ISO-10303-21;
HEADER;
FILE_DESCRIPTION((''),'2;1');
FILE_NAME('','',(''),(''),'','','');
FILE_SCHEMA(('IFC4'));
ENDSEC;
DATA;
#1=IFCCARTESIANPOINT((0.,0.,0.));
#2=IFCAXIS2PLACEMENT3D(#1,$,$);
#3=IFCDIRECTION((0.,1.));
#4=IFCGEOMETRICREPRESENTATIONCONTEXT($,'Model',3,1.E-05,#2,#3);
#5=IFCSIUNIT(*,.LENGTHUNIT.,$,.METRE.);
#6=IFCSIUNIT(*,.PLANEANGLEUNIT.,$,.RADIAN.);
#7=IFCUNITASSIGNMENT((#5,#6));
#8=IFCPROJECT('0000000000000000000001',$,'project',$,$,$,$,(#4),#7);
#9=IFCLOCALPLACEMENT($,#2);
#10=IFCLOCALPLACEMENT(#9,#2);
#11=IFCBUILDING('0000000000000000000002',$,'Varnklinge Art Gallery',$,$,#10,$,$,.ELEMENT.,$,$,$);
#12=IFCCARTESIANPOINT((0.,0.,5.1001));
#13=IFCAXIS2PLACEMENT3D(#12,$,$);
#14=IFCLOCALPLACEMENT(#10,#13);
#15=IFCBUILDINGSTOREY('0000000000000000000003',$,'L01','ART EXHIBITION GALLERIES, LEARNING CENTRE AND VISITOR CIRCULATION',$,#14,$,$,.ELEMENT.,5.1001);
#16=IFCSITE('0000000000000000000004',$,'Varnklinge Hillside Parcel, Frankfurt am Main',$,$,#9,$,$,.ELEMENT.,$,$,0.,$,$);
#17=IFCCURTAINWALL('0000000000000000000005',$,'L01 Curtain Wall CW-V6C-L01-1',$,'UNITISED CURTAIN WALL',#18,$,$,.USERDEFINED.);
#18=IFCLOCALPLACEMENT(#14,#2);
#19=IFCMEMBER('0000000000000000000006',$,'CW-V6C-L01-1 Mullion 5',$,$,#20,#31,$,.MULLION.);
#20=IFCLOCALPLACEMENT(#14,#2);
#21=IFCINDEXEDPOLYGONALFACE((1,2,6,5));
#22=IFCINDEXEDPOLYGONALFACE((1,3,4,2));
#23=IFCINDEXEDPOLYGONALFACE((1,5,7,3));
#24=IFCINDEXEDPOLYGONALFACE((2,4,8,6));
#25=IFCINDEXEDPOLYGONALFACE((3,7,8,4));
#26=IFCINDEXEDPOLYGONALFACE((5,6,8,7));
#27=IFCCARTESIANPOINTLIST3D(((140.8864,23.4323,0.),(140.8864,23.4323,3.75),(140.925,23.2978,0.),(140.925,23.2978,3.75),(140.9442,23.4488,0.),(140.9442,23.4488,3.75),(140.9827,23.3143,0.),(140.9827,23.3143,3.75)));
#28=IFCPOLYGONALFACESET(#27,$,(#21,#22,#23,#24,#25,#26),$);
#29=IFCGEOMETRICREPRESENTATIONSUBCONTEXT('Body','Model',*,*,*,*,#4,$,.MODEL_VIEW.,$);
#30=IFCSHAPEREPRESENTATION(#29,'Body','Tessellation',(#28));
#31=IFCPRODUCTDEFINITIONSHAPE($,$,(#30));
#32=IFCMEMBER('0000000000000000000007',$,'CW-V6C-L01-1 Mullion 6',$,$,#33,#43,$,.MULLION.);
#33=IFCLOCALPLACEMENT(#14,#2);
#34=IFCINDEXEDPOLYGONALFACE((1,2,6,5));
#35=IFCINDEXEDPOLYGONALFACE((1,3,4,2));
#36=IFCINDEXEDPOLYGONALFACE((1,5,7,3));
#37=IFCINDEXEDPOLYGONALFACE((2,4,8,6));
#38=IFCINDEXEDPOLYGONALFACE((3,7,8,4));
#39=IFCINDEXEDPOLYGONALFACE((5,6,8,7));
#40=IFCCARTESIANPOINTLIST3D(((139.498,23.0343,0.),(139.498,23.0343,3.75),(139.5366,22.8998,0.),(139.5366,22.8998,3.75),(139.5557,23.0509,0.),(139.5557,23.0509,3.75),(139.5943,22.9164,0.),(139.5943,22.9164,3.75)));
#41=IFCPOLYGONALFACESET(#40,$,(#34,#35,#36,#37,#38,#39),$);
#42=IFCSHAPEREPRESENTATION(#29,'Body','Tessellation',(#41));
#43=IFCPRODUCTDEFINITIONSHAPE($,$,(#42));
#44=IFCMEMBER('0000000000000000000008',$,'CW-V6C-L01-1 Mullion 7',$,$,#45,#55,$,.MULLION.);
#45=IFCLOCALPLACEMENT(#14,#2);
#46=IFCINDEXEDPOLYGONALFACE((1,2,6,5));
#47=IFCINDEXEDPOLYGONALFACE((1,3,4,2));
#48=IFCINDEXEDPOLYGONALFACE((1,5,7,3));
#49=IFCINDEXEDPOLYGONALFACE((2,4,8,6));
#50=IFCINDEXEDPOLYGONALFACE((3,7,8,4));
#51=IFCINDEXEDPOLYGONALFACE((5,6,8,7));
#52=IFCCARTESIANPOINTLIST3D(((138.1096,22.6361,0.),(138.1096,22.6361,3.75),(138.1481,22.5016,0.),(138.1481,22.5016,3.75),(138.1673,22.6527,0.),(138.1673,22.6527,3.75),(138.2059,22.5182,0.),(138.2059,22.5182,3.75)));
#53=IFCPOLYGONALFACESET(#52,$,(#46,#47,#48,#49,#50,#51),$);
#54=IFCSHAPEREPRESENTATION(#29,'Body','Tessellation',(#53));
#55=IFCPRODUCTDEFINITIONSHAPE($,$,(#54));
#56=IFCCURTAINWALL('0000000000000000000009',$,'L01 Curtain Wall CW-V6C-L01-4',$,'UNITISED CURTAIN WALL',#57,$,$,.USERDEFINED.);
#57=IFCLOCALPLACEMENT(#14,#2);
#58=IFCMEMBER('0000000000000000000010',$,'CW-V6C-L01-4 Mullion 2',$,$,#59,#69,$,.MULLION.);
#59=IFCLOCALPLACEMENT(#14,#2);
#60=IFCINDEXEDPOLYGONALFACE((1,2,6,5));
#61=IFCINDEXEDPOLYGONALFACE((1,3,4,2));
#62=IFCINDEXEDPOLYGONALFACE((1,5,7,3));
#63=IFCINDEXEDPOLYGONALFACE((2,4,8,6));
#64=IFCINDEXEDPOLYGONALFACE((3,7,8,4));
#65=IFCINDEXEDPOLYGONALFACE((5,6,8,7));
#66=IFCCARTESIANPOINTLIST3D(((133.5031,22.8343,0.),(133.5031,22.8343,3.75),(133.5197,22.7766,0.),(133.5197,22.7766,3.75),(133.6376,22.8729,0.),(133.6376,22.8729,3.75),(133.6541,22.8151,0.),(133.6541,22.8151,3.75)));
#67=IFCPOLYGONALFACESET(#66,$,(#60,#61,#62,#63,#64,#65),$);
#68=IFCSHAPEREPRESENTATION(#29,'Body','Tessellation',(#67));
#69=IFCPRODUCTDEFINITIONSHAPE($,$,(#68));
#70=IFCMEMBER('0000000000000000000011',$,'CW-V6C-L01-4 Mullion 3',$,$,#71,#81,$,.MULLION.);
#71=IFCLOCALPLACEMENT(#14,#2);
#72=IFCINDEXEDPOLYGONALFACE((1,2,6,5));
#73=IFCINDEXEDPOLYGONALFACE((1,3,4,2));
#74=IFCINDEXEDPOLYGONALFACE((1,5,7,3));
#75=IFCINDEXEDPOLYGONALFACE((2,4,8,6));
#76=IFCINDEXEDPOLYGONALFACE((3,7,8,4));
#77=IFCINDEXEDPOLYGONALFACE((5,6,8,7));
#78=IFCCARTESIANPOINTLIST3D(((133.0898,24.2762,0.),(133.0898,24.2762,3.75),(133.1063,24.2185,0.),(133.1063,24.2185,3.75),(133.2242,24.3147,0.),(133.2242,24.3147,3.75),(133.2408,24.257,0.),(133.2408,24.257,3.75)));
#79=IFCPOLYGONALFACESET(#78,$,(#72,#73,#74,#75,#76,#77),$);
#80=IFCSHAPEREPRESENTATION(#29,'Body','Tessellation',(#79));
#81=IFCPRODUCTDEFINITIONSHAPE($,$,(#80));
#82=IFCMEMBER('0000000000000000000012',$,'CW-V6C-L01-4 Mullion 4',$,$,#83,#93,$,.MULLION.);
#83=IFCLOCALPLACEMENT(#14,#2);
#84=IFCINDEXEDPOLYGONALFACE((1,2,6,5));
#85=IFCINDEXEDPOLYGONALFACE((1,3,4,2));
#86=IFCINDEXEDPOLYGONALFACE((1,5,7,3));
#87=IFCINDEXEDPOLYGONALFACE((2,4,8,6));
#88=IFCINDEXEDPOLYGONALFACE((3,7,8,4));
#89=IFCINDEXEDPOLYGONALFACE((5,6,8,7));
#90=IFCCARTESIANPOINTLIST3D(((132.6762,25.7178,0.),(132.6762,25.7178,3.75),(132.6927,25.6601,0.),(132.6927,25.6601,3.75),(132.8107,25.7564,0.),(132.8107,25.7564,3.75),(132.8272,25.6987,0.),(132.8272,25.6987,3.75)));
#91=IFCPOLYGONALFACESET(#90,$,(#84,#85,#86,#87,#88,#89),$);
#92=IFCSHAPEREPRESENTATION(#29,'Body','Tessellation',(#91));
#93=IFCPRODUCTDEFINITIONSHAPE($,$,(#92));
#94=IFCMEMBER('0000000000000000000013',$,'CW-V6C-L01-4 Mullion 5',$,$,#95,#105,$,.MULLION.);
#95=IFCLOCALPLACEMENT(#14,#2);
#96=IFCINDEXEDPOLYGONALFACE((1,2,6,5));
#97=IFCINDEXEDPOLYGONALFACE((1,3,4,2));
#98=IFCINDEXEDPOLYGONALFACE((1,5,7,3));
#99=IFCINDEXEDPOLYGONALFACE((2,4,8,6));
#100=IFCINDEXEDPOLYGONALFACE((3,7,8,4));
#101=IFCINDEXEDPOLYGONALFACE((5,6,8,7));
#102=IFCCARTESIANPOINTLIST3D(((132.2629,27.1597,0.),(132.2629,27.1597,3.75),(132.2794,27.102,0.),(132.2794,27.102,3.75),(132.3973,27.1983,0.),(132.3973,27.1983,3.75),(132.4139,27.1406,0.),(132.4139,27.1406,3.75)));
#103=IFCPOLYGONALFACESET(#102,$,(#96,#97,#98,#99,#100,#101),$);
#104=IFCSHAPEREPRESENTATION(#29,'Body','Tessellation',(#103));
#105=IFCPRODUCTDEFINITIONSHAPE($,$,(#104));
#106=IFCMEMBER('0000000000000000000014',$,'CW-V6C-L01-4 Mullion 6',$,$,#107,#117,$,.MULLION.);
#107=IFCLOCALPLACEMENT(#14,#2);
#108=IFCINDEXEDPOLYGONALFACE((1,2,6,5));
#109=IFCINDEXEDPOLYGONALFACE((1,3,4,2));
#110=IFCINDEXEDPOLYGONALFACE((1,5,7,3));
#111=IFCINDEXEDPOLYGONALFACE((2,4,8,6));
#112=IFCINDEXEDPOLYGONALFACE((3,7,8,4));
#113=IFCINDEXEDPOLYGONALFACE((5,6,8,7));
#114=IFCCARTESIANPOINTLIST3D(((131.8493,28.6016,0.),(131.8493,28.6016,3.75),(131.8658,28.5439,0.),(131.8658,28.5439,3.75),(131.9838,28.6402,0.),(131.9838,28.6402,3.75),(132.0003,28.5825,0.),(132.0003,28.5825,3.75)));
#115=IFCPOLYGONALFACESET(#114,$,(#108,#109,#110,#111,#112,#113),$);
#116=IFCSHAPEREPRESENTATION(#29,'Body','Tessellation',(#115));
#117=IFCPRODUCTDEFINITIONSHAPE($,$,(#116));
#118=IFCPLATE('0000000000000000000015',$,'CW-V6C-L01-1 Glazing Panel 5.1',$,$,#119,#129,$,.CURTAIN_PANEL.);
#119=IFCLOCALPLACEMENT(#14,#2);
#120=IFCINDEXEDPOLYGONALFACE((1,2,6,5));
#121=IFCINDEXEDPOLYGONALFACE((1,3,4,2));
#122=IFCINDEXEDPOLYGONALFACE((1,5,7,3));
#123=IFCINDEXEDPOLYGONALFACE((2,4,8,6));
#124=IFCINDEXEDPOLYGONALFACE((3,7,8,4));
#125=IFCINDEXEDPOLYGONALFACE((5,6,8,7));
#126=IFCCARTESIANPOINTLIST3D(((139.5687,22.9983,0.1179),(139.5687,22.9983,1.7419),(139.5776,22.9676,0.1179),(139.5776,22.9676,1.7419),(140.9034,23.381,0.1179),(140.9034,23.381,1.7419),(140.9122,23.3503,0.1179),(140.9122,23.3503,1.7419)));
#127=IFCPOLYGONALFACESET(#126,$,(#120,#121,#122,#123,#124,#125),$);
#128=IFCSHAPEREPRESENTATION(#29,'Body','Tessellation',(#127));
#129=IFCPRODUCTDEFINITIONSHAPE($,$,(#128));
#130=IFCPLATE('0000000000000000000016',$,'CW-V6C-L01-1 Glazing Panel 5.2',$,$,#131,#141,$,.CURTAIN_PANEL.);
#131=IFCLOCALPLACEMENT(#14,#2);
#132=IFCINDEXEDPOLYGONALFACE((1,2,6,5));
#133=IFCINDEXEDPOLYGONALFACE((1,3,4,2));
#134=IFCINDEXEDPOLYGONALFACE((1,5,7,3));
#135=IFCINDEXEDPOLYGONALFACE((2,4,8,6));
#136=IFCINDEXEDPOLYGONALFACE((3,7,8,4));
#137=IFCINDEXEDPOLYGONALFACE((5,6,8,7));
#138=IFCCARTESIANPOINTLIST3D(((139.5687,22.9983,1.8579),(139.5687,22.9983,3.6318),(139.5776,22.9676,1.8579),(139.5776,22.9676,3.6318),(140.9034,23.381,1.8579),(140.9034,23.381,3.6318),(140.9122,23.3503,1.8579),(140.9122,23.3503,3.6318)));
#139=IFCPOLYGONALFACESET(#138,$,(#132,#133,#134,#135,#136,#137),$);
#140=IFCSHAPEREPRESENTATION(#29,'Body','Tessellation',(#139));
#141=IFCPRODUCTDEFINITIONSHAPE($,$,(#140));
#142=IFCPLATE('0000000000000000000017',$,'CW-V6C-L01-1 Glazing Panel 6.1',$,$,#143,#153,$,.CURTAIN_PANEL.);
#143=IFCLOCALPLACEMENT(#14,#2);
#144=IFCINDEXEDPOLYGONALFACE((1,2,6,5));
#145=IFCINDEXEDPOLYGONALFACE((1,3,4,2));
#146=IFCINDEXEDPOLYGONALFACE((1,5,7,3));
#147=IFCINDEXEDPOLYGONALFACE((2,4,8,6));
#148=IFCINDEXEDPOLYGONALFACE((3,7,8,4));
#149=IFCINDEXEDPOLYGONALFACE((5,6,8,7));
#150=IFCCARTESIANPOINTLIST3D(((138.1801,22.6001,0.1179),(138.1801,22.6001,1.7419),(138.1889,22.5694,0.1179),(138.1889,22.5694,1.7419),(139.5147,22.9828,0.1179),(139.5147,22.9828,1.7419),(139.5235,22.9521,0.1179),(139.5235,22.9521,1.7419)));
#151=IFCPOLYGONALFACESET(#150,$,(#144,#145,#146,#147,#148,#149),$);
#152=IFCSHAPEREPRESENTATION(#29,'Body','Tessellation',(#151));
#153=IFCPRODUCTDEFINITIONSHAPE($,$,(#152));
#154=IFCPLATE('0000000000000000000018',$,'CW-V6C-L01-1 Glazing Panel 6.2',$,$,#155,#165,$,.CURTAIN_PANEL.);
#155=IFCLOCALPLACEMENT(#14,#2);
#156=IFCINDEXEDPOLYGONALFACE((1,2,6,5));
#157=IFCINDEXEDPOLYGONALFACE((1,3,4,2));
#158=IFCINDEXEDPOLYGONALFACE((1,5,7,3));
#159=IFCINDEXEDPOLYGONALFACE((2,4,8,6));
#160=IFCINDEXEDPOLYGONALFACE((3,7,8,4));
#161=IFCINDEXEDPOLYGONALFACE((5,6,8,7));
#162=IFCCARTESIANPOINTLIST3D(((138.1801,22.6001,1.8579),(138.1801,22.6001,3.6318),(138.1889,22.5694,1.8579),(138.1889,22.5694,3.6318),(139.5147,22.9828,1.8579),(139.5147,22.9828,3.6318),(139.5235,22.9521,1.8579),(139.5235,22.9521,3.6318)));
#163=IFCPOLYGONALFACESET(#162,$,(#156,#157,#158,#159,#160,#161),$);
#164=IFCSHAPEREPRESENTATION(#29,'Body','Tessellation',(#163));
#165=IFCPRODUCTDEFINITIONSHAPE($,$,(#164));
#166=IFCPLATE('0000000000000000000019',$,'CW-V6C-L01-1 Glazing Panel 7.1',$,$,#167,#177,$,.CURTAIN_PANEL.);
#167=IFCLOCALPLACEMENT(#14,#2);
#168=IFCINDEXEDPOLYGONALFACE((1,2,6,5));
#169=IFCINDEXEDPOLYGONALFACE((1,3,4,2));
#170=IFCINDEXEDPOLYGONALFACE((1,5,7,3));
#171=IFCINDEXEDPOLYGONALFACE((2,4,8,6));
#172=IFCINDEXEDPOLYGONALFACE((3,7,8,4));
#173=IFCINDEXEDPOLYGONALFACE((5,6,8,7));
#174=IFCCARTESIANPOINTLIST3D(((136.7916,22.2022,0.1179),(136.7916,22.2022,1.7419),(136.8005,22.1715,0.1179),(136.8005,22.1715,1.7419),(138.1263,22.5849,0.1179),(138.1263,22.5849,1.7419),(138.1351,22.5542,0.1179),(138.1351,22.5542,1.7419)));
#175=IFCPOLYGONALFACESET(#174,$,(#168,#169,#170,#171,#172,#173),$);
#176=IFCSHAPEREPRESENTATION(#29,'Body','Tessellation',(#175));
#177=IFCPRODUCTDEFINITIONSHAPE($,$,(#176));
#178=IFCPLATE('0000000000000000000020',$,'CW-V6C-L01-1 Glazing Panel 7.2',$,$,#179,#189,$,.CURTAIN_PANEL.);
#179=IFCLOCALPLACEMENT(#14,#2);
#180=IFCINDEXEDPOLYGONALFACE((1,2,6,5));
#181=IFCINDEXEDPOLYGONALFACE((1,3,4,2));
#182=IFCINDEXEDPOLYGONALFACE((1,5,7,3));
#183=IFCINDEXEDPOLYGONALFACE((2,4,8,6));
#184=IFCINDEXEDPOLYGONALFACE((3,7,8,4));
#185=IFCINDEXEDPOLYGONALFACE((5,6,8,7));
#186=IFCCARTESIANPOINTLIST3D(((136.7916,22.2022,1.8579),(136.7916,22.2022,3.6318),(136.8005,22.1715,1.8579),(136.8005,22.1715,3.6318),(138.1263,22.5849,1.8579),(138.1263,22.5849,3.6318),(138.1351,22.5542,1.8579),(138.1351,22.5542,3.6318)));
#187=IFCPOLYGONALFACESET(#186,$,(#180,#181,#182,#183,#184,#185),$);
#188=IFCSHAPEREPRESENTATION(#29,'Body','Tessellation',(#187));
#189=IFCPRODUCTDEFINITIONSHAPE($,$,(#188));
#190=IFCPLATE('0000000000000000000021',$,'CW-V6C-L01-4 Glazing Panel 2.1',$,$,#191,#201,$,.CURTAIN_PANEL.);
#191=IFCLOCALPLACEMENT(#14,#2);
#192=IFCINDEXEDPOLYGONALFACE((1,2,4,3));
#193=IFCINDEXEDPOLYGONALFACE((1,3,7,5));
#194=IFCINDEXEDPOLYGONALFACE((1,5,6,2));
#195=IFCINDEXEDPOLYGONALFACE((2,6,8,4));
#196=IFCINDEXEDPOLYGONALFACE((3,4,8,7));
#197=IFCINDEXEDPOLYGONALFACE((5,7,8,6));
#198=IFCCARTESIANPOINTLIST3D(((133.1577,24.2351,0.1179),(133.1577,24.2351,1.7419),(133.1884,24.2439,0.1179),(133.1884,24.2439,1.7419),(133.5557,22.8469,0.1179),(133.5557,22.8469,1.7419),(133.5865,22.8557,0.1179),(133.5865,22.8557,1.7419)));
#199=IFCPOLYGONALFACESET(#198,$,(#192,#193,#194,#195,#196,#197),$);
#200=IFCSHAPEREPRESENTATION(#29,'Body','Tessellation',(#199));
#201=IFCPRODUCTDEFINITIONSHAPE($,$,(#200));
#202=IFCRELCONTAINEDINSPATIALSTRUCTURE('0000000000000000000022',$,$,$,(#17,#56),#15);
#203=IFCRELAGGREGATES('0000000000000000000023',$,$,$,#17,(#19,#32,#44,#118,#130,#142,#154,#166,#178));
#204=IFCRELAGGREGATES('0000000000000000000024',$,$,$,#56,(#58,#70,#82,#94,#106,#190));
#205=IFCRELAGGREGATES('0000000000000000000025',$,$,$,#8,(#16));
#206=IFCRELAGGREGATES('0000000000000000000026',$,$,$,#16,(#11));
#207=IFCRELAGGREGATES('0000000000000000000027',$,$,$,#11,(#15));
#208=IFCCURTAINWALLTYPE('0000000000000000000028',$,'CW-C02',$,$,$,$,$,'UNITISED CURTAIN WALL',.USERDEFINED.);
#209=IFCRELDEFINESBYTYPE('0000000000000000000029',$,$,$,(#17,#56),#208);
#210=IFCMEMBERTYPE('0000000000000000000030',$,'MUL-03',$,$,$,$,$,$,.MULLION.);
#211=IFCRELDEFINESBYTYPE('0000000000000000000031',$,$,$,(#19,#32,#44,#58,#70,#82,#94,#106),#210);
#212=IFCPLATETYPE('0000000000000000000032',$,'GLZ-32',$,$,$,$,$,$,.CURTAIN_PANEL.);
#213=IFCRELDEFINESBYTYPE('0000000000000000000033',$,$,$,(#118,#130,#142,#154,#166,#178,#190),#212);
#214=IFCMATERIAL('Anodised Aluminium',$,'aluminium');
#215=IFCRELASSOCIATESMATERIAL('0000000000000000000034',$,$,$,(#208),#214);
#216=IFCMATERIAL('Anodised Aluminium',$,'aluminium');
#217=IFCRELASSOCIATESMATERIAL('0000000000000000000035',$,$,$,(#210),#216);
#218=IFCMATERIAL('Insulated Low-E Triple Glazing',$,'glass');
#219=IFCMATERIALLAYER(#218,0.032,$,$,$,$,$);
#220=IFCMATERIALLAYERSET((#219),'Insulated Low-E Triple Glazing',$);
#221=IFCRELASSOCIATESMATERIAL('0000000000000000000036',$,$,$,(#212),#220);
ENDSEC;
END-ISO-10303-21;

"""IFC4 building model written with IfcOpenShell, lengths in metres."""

from ifc_helpers import new_model, si_unit, direction, frame, origin, origin_2d, place, context, subcontext, project, spatial, rectangle, extrude, material, layer, layer_set, material_profile, profile_set, type_object, element, aggregate, save


model = new_model("IFC4")

# Units and contexts
model_context = context("Model", 3, precision=1e-05, world=origin(), true_north=direction((0.0, 1.0)))
body_context = subcontext(model_context, "Body", "Model", "MODEL_VIEW")
ifc_project = project(units=[si_unit("LENGTHUNIT", "METRE"), si_unit("PLANEANGLEUNIT", "RADIAN")], contexts=[model_context])

# Site, building, storey
site_placement = place(None, origin())
site = spatial("IfcSite", under=ifc_project, at=site_placement, Name="Varnklinge Hillside Parcel, Frankfurt am Main", CompositionType="ELEMENT", RefElevation=0.0)
building_placement = place(site_placement, origin())
building = spatial("IfcBuilding", under=site, at=building_placement, Name="Varnklinge Art Gallery", CompositionType="ELEMENT")
storey_placement = place(building_placement, frame((0.0, 0.0, 5.1001)))
storey = spatial("IfcBuildingStorey", under=building, at=storey_placement, Name="L01", Description="ART EXHIBITION GALLERIES, LEARNING CENTRE AND VISITOR CIRCULATION", CompositionType="ELEMENT", Elevation=5.1001)

# Curtain walls, members
ifc_material_1 = material(Name="Anodised Aluminium", Category="aluminium")
curtain_wall_type = type_object("IfcCurtainWallType", Name="CW-C02", ElementType="UNITISED CURTAIN WALL", PredefinedType="USERDEFINED", material=ifc_material_1)
curtain_wall_1_placement = place(storey_placement, origin())
curtain_wall_1 = element("IfcCurtainWall", 1, at=curtain_wall_1_placement, inside=storey, type_object=curtain_wall_type, Name="L01 Curtain Wall CW-V6C-L01-1", ObjectType="UNITISED CURTAIN WALL", PredefinedType="USERDEFINED")
ifc_material_2 = material(Name="Anodised Aluminium", Category="aluminium")
ifc_material_profile = material_profile(ifc_material_2, rectangle(XDim=0.0601, YDim=0.1399, at=origin_2d()), Name="ALU 60x140")
ifc_profile_set = profile_set([ifc_material_profile], Name="Anodised Aluminium")
member_type = type_object("IfcMemberType", Name="MUL-03", PredefinedType="MULLION", material=ifc_profile_set)
member_1_placement = place(storey_placement, frame((140.9346, 23.3733, 0.0), z_axis=(0.0, 0.0, 1.0), x_axis=(-0.961262, -0.275637, 0.0)))
member_1 = element("IfcMember", 2, at=member_1_placement, type_object=member_type, Name="CW-V6C-L01-1 Mullion 5", PredefinedType="MULLION", context=body_context, shape_type="SweptSolid", body=[
    extrude(rectangle(XDim=0.0601, YDim=0.1399, at=origin_2d()), origin(), (0.0, 0.0, 1.0), 3.75),
])
member_2_placement = place(storey_placement, frame((139.5461, 22.9753, 0.0), z_axis=(0.0, 0.0, 1.0), x_axis=(-0.961262, -0.275637, 0.0)))
member_2 = element("IfcMember", 3, at=member_2_placement, type_object=member_type, Name="CW-V6C-L01-1 Mullion 6", PredefinedType="MULLION", context=body_context, shape_type="SweptSolid", body=[
    extrude(rectangle(XDim=0.0601, YDim=0.1399, at=origin_2d()), origin(), (0.0, 0.0, 1.0), 3.75),
])
member_3_placement = place(storey_placement, frame((138.1577, 22.5771, 0.0), z_axis=(0.0, 0.0, 1.0), x_axis=(-0.961262, -0.275637, 0.0)))
member_3 = element("IfcMember", 4, at=member_3_placement, type_object=member_type, Name="CW-V6C-L01-1 Mullion 7", PredefinedType="MULLION", context=body_context, shape_type="SweptSolid", body=[
    extrude(rectangle(XDim=0.0601, YDim=0.1399, at=origin_2d()), origin(), (0.0, 0.0, 1.0), 3.75),
])
curtain_wall_2_placement = place(storey_placement, origin())
curtain_wall_2 = element("IfcCurtainWall", 5, at=curtain_wall_2_placement, inside=storey, type_object=curtain_wall_type, Name="L01 Curtain Wall CW-V6C-L01-4", ObjectType="UNITISED CURTAIN WALL", PredefinedType="USERDEFINED")
member_4_placement = place(storey_placement, frame((133.5786, 22.8247, 0.0), z_axis=(0.0, 0.0, 1.0), x_axis=(-0.275637, 0.961262, 0.0)))
member_4 = element("IfcMember", 6, at=member_4_placement, type_object=member_type, Name="CW-V6C-L01-4 Mullion 2", PredefinedType="MULLION", context=body_context, shape_type="SweptSolid", body=[
    extrude(rectangle(XDim=0.0601, YDim=0.1399, at=origin_2d()), origin(), (0.0, 0.0, 1.0), 3.75),
])
member_5_placement = place(storey_placement, frame((133.1653, 24.2666, 0.0), z_axis=(0.0, 0.0, 1.0), x_axis=(-0.275637, 0.961262, 0.0)))
member_5 = element("IfcMember", 7, at=member_5_placement, type_object=member_type, Name="CW-V6C-L01-4 Mullion 3", PredefinedType="MULLION", context=body_context, shape_type="SweptSolid", body=[
    extrude(rectangle(XDim=0.0601, YDim=0.1399, at=origin_2d()), origin(), (0.0, 0.0, 1.0), 3.75),
])
member_6_placement = place(storey_placement, frame((132.7517, 25.7083, 0.0), z_axis=(0.0, 0.0, 1.0), x_axis=(-0.275637, 0.961262, 0.0)))
member_6 = element("IfcMember", 8, at=member_6_placement, type_object=member_type, Name="CW-V6C-L01-4 Mullion 4", PredefinedType="MULLION", context=body_context, shape_type="SweptSolid", body=[
    extrude(rectangle(XDim=0.0601, YDim=0.1399, at=origin_2d()), origin(), (0.0, 0.0, 1.0), 3.75),
])
member_7_placement = place(storey_placement, frame((132.3384, 27.1501, 0.0), z_axis=(0.0, 0.0, 1.0), x_axis=(-0.275637, 0.961262, 0.0)))
member_7 = element("IfcMember", 9, at=member_7_placement, type_object=member_type, Name="CW-V6C-L01-4 Mullion 5", PredefinedType="MULLION", context=body_context, shape_type="SweptSolid", body=[
    extrude(rectangle(XDim=0.0601, YDim=0.1399, at=origin_2d()), origin(), (0.0, 0.0, 1.0), 3.75),
])
member_8_placement = place(storey_placement, frame((131.9248, 28.592, 0.0), z_axis=(0.0, 0.0, 1.0), x_axis=(-0.275637, 0.961262, 0.0)))
member_8 = element("IfcMember", 10, at=member_8_placement, type_object=member_type, Name="CW-V6C-L01-4 Mullion 6", PredefinedType="MULLION", context=body_context, shape_type="SweptSolid", body=[
    extrude(rectangle(XDim=0.0601, YDim=0.1399, at=origin_2d()), origin(), (0.0, 0.0, 1.0), 3.75),
])

# Plates
ifc_material_3 = material(Name="Insulated Low-E Triple Glazing", Category="glass")
ifc_layer_1 = layer(ifc_material_3, 0.032)
ifc_layer_set_1 = layer_set([ifc_layer_1], Name="Insulated Low-E Triple Glazing")
plate_type = type_object("IfcPlateType", Name="GLZ-32", PredefinedType="CURTAIN_PANEL", material=ifc_layer_set_1)
plate_1_placement = place(storey_placement, frame((140.2405, 23.1743, 0.1179), z_axis=(0.0, 0.0, 1.0), x_axis=(-0.961262, -0.275637, 0.0)))
plate_1 = element("IfcPlate", 11, at=plate_1_placement, type_object=plate_type, Name="CW-V6C-L01-1 Glazing Panel 5.1", PredefinedType="CURTAIN_PANEL", context=body_context, shape_type="SweptSolid", body=[
    extrude(rectangle(XDim=1.3884, YDim=0.032, at=origin_2d()), origin(), (0.0, 0.0, 1.0), 1.624),
])
plate_2_placement = place(storey_placement, frame((140.2405, 23.1743, 1.8579), z_axis=(0.0, 0.0, 1.0), x_axis=(-0.961262, -0.275637, 0.0)))
plate_2 = element("IfcPlate", 12, at=plate_2_placement, type_object=plate_type, Name="CW-V6C-L01-1 Glazing Panel 5.2", PredefinedType="CURTAIN_PANEL", context=body_context, shape_type="SweptSolid", body=[
    extrude(rectangle(XDim=1.3884, YDim=0.032, at=origin_2d()), origin(), (0.0, 0.0, 1.0), 1.7739),
])
plate_3_placement = place(storey_placement, frame((138.8518, 22.7761, 0.1179), z_axis=(0.0, 0.0, 1.0), x_axis=(-0.961262, -0.275637, 0.0)))
plate_3 = element("IfcPlate", 13, at=plate_3_placement, type_object=plate_type, Name="CW-V6C-L01-1 Glazing Panel 6.1", PredefinedType="CURTAIN_PANEL", context=body_context, shape_type="SweptSolid", body=[
    extrude(rectangle(XDim=1.3884, YDim=0.032, at=origin_2d()), origin(), (0.0, 0.0, 1.0), 1.624),
])
plate_4_placement = place(storey_placement, frame((138.8518, 22.7761, 1.8579), z_axis=(0.0, 0.0, 1.0), x_axis=(-0.961262, -0.275637, 0.0)))
plate_4 = element("IfcPlate", 14, at=plate_4_placement, type_object=plate_type, Name="CW-V6C-L01-1 Glazing Panel 6.2", PredefinedType="CURTAIN_PANEL", context=body_context, shape_type="SweptSolid", body=[
    extrude(rectangle(XDim=1.3884, YDim=0.032, at=origin_2d()), origin(), (0.0, 0.0, 1.0), 1.7739),
])
plate_5_placement = place(storey_placement, frame((137.4634, 22.3782, 0.1179), z_axis=(0.0, 0.0, 1.0), x_axis=(-0.961262, -0.275637, 0.0)))
plate_5 = element("IfcPlate", 15, at=plate_5_placement, type_object=plate_type, Name="CW-V6C-L01-1 Glazing Panel 7.1", PredefinedType="CURTAIN_PANEL", context=body_context, shape_type="SweptSolid", body=[
    extrude(rectangle(XDim=1.3884, YDim=0.032, at=origin_2d()), origin(), (0.0, 0.0, 1.0), 1.624),
])
plate_6_placement = place(storey_placement, frame((137.4634, 22.3782, 1.8579), z_axis=(0.0, 0.0, 1.0), x_axis=(-0.961262, -0.275637, 0.0)))
plate_6 = element("IfcPlate", 16, at=plate_6_placement, type_object=plate_type, Name="CW-V6C-L01-1 Glazing Panel 7.2", PredefinedType="CURTAIN_PANEL", context=body_context, shape_type="SweptSolid", body=[
    extrude(rectangle(XDim=1.3884, YDim=0.032, at=origin_2d()), origin(), (0.0, 0.0, 1.0), 1.7739),
])
aggregate(curtain_wall_1, [member_1, member_2, member_3, plate_1, plate_2, plate_3, plate_4, plate_5, plate_6])
plate_7_placement = place(storey_placement, frame((133.3721, 23.5454, 0.1179), z_axis=(0.0, 0.0, 1.0), x_axis=(-0.275637, 0.961262, 0.0)))
plate_7 = element("IfcPlate", 17, at=plate_7_placement, type_object=plate_type, Name="CW-V6C-L01-4 Glazing Panel 2.1", PredefinedType="CURTAIN_PANEL", context=body_context, shape_type="SweptSolid", body=[
    extrude(rectangle(XDim=1.4441, YDim=0.032, at=origin_2d()), origin(), (0.0, 0.0, 1.0), 1.624),
])
aggregate(curtain_wall_2, [member_4, member_5, member_6, member_7, member_8, plate_7])

save(model, "model.ifc")
